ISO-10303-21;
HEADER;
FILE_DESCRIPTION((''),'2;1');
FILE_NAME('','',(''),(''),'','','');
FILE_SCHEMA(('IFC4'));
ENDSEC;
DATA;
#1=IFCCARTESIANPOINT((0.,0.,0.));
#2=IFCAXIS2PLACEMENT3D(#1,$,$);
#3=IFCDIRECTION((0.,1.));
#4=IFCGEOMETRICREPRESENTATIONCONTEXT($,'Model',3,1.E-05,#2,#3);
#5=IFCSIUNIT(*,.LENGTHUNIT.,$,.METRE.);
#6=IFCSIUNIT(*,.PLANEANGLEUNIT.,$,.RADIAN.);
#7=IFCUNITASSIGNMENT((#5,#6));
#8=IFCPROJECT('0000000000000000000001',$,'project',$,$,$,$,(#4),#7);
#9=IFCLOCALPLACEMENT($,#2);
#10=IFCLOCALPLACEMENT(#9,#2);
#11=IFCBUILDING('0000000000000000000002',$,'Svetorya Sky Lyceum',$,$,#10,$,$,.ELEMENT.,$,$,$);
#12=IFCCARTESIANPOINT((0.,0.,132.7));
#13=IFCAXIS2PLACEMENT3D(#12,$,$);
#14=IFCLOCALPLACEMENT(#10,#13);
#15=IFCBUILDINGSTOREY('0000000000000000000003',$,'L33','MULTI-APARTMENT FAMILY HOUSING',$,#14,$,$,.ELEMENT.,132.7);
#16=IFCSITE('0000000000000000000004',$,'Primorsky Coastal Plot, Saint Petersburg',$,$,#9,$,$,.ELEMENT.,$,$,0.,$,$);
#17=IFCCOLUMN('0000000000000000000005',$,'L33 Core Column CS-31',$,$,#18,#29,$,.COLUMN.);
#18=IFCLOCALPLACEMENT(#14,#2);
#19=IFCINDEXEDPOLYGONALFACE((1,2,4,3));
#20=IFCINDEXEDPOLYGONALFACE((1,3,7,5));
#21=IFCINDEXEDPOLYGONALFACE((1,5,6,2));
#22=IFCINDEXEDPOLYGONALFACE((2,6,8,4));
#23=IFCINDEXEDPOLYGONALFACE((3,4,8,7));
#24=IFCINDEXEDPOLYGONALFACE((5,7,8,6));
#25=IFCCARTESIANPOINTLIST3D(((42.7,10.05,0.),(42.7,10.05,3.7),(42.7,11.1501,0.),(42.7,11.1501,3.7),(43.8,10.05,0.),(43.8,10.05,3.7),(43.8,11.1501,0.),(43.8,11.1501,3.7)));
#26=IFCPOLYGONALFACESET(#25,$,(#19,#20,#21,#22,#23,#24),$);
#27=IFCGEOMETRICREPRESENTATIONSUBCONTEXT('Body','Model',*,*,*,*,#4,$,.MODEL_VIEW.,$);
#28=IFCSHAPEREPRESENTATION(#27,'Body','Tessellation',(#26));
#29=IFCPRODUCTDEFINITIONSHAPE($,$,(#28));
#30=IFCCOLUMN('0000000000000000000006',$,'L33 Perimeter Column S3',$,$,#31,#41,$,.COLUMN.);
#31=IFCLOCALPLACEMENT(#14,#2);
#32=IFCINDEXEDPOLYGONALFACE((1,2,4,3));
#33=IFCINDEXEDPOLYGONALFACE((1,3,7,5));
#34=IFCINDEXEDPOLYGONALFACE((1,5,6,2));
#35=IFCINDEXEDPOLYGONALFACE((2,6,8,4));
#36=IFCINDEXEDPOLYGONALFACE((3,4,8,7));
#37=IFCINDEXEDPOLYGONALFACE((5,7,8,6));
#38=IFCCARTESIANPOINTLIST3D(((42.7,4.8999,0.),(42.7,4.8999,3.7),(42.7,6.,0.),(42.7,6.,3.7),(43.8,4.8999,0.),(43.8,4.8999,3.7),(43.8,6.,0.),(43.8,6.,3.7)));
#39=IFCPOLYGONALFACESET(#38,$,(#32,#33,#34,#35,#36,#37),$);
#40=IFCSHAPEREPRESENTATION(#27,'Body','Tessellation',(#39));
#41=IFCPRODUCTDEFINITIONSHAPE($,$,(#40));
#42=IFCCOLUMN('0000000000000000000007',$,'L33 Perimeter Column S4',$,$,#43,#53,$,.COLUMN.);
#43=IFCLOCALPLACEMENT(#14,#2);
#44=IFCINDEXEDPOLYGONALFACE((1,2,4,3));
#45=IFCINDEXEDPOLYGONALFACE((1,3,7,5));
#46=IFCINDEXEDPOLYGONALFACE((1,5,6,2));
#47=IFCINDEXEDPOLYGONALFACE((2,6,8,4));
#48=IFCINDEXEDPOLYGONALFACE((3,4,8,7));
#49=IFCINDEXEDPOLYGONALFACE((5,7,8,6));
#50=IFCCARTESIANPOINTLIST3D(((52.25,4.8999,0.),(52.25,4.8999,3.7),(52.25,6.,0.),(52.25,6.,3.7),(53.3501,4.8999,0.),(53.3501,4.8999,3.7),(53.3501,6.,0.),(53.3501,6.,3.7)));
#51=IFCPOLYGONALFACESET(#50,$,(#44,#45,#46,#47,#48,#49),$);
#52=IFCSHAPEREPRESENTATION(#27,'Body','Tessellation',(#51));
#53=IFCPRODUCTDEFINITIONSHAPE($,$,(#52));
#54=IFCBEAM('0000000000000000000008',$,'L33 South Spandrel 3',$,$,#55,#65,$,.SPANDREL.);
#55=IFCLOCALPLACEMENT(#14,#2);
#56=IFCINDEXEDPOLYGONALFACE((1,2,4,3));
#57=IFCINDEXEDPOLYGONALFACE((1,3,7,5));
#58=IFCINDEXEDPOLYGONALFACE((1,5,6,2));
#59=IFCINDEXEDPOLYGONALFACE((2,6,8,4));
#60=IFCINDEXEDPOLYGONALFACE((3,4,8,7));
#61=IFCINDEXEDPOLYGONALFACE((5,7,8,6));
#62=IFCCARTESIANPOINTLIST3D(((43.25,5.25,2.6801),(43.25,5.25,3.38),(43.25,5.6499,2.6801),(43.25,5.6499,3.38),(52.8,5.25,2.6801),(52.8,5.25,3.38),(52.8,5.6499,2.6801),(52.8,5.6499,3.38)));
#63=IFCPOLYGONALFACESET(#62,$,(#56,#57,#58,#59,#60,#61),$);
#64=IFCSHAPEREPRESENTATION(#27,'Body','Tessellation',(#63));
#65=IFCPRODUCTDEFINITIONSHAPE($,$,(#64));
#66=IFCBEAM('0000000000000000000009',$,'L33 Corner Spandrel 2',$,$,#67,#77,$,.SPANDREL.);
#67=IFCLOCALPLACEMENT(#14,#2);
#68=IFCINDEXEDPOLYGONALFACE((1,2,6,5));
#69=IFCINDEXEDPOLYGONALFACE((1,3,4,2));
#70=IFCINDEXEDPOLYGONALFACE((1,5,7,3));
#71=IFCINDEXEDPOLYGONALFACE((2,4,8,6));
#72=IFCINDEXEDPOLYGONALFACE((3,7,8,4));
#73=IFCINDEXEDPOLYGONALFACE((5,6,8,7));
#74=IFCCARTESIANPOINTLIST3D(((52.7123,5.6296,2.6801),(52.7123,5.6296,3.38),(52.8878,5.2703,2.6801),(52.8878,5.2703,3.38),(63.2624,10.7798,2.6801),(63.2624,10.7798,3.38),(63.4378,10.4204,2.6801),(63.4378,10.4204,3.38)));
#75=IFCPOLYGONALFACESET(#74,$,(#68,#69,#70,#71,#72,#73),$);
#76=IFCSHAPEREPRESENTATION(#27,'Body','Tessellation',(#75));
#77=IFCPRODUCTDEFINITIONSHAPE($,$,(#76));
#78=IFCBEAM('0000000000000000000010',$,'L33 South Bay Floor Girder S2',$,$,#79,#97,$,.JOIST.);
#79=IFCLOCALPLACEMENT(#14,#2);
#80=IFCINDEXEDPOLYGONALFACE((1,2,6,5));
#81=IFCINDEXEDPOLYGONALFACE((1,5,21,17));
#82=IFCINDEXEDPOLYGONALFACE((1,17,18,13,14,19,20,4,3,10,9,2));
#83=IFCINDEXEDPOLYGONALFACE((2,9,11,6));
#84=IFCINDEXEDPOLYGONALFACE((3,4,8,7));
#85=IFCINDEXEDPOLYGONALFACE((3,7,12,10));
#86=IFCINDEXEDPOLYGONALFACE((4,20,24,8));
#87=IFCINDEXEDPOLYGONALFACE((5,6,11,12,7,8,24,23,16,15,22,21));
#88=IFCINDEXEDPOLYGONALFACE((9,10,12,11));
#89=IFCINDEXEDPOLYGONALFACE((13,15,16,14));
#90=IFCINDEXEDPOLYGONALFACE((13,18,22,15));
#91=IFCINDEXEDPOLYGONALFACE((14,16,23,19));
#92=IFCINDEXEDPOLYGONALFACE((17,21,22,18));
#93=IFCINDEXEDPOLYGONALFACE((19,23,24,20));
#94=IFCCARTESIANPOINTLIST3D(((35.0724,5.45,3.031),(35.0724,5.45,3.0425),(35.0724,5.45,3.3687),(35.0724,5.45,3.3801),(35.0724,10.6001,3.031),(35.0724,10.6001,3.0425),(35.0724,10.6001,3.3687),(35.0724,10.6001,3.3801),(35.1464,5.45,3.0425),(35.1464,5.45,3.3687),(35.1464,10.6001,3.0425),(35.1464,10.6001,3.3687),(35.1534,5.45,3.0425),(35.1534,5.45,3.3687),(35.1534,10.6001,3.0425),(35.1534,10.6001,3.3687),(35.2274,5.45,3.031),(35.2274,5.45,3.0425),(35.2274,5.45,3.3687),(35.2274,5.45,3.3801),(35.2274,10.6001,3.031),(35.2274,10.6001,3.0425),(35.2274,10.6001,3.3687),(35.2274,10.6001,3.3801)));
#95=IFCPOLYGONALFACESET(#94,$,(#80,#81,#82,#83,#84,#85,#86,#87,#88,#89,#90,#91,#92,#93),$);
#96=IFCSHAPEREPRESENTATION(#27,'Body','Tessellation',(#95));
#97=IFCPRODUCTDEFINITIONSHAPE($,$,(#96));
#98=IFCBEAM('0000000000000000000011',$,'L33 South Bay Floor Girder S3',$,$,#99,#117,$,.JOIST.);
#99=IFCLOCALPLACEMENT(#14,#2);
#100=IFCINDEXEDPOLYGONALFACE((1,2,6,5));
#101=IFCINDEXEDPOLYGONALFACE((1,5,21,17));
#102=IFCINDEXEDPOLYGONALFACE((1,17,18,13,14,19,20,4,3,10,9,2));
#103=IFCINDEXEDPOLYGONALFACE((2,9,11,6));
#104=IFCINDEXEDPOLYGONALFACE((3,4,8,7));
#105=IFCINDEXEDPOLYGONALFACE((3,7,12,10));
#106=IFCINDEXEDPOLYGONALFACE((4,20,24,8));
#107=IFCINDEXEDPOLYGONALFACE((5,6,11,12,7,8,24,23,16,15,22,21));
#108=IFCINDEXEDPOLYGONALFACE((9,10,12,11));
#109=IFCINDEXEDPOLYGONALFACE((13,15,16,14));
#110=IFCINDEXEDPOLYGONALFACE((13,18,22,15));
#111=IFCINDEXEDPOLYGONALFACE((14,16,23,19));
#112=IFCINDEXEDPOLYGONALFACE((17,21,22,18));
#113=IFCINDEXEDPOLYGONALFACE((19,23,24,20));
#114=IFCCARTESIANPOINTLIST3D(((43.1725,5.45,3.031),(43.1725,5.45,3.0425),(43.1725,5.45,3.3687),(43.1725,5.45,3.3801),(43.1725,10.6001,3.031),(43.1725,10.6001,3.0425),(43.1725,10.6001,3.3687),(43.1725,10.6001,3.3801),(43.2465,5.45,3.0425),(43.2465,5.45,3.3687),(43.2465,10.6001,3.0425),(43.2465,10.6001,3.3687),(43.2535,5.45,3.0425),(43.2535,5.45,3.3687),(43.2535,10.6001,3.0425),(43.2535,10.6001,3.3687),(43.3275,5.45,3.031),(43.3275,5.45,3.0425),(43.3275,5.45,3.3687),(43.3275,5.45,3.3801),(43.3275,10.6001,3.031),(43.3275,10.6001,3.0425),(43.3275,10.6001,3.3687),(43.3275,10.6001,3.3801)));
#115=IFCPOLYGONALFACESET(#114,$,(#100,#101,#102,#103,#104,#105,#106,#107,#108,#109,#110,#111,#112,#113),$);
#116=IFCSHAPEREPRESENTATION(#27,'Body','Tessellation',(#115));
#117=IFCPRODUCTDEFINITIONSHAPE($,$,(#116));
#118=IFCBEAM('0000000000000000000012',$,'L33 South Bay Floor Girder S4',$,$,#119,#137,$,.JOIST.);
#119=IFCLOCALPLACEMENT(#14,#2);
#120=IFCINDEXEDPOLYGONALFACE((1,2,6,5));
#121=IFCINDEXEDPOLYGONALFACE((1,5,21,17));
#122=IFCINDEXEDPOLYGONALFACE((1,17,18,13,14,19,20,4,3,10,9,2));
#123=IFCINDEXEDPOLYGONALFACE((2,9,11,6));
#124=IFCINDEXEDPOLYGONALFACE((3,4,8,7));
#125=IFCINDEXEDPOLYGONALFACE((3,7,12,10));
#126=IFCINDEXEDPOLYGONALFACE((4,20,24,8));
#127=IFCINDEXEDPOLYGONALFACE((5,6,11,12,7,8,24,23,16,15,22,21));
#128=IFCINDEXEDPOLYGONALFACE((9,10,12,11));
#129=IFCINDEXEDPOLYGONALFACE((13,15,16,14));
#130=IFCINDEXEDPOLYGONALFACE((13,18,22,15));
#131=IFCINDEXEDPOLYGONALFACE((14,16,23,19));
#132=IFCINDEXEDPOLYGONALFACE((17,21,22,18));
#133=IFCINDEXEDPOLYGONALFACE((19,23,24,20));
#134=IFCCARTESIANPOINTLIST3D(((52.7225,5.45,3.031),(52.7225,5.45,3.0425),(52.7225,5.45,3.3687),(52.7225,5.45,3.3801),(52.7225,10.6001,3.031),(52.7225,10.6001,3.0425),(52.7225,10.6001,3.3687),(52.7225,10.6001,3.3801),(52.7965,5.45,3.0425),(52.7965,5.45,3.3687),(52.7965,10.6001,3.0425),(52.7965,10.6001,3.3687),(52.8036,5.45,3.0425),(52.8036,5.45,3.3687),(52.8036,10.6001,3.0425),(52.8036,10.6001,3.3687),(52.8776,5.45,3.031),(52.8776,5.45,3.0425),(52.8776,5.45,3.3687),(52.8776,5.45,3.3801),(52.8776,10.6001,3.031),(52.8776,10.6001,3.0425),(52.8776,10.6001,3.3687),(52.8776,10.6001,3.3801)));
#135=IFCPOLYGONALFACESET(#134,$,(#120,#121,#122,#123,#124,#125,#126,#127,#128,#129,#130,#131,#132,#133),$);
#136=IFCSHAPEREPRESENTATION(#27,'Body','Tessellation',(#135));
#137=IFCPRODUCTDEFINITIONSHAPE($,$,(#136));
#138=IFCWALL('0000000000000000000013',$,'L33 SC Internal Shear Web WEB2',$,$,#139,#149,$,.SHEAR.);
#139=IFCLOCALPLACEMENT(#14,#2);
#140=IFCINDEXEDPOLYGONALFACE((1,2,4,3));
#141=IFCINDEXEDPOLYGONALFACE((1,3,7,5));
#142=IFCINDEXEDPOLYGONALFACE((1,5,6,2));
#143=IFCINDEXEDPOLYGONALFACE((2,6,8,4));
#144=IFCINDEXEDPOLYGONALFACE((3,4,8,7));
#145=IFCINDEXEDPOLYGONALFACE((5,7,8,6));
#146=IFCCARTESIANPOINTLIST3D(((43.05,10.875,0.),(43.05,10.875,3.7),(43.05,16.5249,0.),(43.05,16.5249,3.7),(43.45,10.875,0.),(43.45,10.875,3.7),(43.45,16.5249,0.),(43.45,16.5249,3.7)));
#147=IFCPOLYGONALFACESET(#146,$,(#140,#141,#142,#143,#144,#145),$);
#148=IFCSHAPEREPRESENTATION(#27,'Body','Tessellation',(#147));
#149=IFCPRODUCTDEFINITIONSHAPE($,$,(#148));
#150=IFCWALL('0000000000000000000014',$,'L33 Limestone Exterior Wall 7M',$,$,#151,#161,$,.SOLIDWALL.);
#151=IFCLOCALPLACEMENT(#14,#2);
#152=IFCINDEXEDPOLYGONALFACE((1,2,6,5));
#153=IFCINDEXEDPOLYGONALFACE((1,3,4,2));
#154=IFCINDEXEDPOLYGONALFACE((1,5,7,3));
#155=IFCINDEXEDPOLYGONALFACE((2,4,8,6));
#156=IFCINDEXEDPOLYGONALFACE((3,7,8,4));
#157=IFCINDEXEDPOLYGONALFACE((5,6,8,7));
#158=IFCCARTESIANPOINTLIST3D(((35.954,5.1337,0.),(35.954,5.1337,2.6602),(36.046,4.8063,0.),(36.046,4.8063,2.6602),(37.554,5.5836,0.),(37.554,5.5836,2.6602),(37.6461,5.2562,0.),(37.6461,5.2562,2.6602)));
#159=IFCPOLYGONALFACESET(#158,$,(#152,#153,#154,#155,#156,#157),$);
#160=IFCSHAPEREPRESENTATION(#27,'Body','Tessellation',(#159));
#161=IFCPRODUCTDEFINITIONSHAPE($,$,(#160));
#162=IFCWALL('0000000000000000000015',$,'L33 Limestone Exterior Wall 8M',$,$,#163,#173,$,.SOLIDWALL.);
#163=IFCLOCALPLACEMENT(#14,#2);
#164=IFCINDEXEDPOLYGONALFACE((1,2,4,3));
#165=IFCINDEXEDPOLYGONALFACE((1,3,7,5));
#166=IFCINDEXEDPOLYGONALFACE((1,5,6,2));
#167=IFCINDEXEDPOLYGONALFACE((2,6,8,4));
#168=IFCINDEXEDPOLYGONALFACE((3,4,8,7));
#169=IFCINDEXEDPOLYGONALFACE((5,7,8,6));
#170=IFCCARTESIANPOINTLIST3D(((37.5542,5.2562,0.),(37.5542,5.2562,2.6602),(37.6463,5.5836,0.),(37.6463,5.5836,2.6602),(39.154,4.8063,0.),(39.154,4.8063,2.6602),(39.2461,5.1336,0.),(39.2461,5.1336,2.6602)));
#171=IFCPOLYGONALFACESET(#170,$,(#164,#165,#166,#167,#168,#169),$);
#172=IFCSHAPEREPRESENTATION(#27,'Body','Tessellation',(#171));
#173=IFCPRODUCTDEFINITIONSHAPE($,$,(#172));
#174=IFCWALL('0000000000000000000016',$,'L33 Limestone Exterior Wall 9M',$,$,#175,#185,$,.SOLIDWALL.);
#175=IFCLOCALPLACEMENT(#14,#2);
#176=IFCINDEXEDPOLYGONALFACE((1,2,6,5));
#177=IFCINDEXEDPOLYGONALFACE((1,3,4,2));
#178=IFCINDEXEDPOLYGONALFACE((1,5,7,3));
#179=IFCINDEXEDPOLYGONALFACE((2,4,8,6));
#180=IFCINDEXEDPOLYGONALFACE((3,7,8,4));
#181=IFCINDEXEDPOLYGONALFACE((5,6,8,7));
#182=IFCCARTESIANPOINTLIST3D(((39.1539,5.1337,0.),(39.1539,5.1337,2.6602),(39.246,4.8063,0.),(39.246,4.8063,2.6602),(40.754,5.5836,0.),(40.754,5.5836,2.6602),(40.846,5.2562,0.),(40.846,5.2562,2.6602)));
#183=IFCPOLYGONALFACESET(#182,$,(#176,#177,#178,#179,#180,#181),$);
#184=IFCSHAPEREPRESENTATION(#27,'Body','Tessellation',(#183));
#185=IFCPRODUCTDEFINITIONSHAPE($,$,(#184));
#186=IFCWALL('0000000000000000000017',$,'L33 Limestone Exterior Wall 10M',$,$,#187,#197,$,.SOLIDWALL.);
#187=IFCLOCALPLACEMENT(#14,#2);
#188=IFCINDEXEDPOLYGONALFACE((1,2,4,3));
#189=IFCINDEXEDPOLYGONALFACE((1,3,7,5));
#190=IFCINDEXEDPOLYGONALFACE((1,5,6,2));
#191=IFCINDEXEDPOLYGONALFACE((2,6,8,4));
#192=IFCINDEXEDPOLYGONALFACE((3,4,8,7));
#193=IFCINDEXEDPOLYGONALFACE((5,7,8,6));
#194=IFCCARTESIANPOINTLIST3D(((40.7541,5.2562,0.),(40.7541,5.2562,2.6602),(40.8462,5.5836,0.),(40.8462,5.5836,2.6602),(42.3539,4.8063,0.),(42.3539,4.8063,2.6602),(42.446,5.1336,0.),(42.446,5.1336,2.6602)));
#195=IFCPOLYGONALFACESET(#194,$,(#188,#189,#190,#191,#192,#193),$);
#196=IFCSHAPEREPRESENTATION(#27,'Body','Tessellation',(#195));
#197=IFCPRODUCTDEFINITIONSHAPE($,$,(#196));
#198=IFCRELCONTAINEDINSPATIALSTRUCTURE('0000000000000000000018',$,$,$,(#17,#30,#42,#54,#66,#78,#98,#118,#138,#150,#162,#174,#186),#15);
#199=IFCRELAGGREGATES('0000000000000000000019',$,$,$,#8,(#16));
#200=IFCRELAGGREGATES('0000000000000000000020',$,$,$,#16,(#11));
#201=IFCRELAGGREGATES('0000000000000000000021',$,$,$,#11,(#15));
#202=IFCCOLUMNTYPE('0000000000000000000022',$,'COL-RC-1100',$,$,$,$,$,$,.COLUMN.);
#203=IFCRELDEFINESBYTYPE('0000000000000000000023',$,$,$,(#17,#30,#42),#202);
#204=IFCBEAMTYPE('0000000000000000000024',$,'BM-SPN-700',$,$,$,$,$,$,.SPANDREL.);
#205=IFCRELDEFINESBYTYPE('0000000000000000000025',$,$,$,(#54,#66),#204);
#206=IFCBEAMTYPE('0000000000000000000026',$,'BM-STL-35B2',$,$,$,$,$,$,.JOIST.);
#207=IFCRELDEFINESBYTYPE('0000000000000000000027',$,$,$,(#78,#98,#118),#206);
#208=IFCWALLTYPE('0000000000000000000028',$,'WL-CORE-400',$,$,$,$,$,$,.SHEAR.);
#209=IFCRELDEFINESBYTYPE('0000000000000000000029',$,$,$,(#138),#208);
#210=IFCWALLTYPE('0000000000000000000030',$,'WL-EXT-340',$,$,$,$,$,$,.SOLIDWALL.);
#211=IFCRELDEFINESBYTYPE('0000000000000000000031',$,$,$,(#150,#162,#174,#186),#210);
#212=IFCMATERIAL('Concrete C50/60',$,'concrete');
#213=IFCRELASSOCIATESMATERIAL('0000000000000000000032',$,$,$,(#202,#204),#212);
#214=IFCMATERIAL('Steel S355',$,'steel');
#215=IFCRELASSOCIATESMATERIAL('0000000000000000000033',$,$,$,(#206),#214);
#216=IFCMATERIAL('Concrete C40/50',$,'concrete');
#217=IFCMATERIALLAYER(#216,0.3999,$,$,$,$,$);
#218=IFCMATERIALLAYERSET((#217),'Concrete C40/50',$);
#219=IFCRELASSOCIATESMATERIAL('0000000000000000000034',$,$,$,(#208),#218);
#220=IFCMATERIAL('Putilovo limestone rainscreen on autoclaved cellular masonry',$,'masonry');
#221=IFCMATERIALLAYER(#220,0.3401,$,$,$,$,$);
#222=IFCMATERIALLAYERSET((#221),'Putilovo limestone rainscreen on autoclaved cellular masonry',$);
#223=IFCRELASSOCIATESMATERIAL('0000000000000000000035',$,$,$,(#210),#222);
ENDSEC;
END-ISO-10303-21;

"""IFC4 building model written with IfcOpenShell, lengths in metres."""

from ifc_helpers import new_model, si_unit, direction, frame, frame_2d, origin, origin_2d, place, context, subcontext, project, spatial, rectangle, i_section, extrude, material, layer, layer_set, material_profile, profile_set, type_object, element, save


model = new_model("IFC4")

# Units and contexts
model_context = context("Model", 3, precision=1e-05, world=origin(), true_north=direction((0.0, 1.0)))
body_context = subcontext(model_context, "Body", "Model", "MODEL_VIEW")
ifc_project = project(units=[si_unit("LENGTHUNIT", "METRE"), si_unit("PLANEANGLEUNIT", "RADIAN")], contexts=[model_context])

# Site, building, storey
site_placement = place(None, origin())
site = spatial("IfcSite", under=ifc_project, at=site_placement, Name="Primorsky Coastal Plot, Saint Petersburg", CompositionType="ELEMENT", RefElevation=0.0)
building_placement = place(site_placement, origin())
building = spatial("IfcBuilding", under=site, at=building_placement, Name="Svetorya Sky Lyceum", CompositionType="ELEMENT")
storey_placement = place(building_placement, frame((0.0, 0.0, 132.7)))
storey = spatial("IfcBuildingStorey", under=building, at=storey_placement, Name="L33", Description="MULTI-APARTMENT FAMILY HOUSING", CompositionType="ELEMENT", Elevation=132.7)

# Columns
ifc_material_1 = material(Name="Concrete C50/60", Category="concrete")
ifc_material_profile_1 = material_profile(ifc_material_1, rectangle(XDim=1.1001, YDim=1.1001, at=origin_2d()), Name="RC COL 1100x1100")
ifc_profile_set_1 = profile_set([ifc_material_profile_1], Name="Concrete C50/60")
column_type = type_object("IfcColumnType", Name="COL-RC-1100", PredefinedType="COLUMN", material=ifc_profile_set_1)
for number, where, z_axis, x_axis, name in (
    (1, (43.25, 10.6001, 0.0), (0.0, 0.0, 1.0), (1.0, 0.0, 0.0), "L33 Core Column CS-31"),
    (2, (43.25, 5.45, 0.0), (0.0, 0.0, 1.0), (1.0, 0.0, 0.0), "L33 Perimeter Column S3"),
    (3, (52.8, 5.45, 0.0), (0.0, 0.0, 1.0), (1.0, 0.0, 0.0), "L33 Perimeter Column S4"),
):
    element("IfcColumn", number, at=place(storey_placement, frame(where, z_axis=z_axis, x_axis=x_axis)), inside=storey, type_object=column_type, Name=name, PredefinedType="COLUMN", context=body_context, shape_type="SweptSolid", body=[
        extrude(rectangle(XDim=1.1001, YDim=1.1001, at=origin_2d()), origin(), (0.0, 0.0, 1.0), 3.7),
    ])

# Beams
ifc_material_profile_2 = material_profile(ifc_material_1, rectangle(XDim=0.3999, YDim=0.7, at=origin_2d()), Name="RC SPANDREL 400x700")
ifc_profile_set_2 = profile_set([ifc_material_profile_2], Name="Concrete C50/60")
beam_type_1 = type_object("IfcBeamType", Name="BM-SPN-700", PredefinedType="SPANDREL", material=ifc_profile_set_2)
beam_1_placement = place(storey_placement, frame((43.25, 5.45, 3.03), z_axis=(1.0, 0.0, 0.0), x_axis=(0.0, 1.0, 0.0)))
element("IfcBeam", 4, at=beam_1_placement, inside=storey, type_object=beam_type_1, Name="L33 South Spandrel 3", PredefinedType="SPANDREL", context=body_context, shape_type="SweptSolid", body=[
    extrude(rectangle(XDim=0.3999, YDim=0.7, at=origin_2d()), origin(), (0.0, 0.0, 1.0), 9.55),
])
beam_2_placement = place(storey_placement, frame((52.8, 5.45, 3.03), z_axis=(0.898641, 0.438684, 0.0), x_axis=(-0.438684, 0.898641, 0.0)))
element("IfcBeam", 5, at=beam_2_placement, inside=storey, type_object=beam_type_1, Name="L33 Corner Spandrel 2", PredefinedType="SPANDREL", context=body_context, shape_type="SweptSolid", body=[
    extrude(rectangle(XDim=0.3999, YDim=0.7, at=origin_2d()), origin(), (0.0, 0.0, 1.0), 11.74),
])
ifc_material_2 = material(Name="Steel S355", Category="steel")
ifc_material_profile_3 = material_profile(ifc_material_2, i_section(OverallWidth=0.155, OverallDepth=0.3491, WebThickness=0.0071, FlangeThickness=0.0115, at=origin_2d()), Name="GOST 35B2")
ifc_profile_set_3 = profile_set([ifc_material_profile_3], Name="Steel S355")
beam_type_2 = type_object("IfcBeamType", Name="BM-STL-35B2", PredefinedType="JOIST", material=ifc_profile_set_3)
for number, where, z_axis, x_axis, name in (
    (6, (35.1499, 5.45, 3.2056), (0.0, 1.0, 0.0), (-1.0, 0.0, 0.0), "L33 South Bay Floor Girder S2"),
    (7, (43.25, 5.45, 3.2056), (0.0, 1.0, 0.0), (-1.0, 0.0, 0.0), "L33 South Bay Floor Girder S3"),
    (8, (52.8, 5.45, 3.2056), (0.0, 1.0, 0.0), (-1.0, 0.0, 0.0), "L33 South Bay Floor Girder S4"),
):
    element("IfcBeam", number, at=place(storey_placement, frame(where, z_axis=z_axis, x_axis=x_axis)), inside=storey, type_object=beam_type_2, Name=name, PredefinedType="JOIST", context=body_context, shape_type="SweptSolid", body=[
        extrude(i_section(OverallWidth=0.155, OverallDepth=0.3491, WebThickness=0.0071, FlangeThickness=0.0115, at=origin_2d()), origin(), (0.0, 0.0, 1.0), 5.1501),
    ])

# Walls
ifc_material_3 = material(Name="Concrete C40/50", Category="concrete")
ifc_layer_1 = layer(ifc_material_3, 0.3999)
ifc_layer_set_1 = layer_set([ifc_layer_1], Name="Concrete C40/50")
wall_type_1 = type_object("IfcWallType", Name="WL-CORE-400", PredefinedType="SHEAR", material=ifc_layer_set_1)
wall_1_placement = place(storey_placement, frame((43.25, 10.875, 0.0), z_axis=(0.0, 0.0, 1.0), x_axis=(0.0, 1.0, 0.0)))
element("IfcWall", 9, at=wall_1_placement, inside=storey, type_object=wall_type_1, Name="L33 SC Internal Shear Web WEB2", PredefinedType="SHEAR", context=body_context, shape_type="SweptSolid", body=[
    extrude(rectangle(XDim=5.6499, YDim=0.3999, at=frame_2d((2.825, 0.0))), origin(), (0.0, 0.0, 1.0), 3.7),
])
ifc_material_4 = material(Name="Putilovo limestone rainscreen on autoclaved cellular masonry", Category="masonry")
ifc_layer_2 = layer(ifc_material_4, 0.3401)
ifc_layer_set_2 = layer_set([ifc_layer_2], Name="Putilovo limestone rainscreen on autoclaved cellular masonry")
wall_type_2 = type_object("IfcWallType", Name="WL-EXT-340", PredefinedType="SOLIDWALL", material=ifc_layer_set_2)
wall_2_placement = place(storey_placement, frame((36.0, 4.97, 0.0), z_axis=(0.0, 0.0, 1.0), x_axis=(0.962663, 0.270703, 0.0)))
element("IfcWall", 10, at=wall_2_placement, inside=storey, type_object=wall_type_2, Name="L33 Limestone Exterior Wall 7M", PredefinedType="SOLIDWALL", context=body_context, shape_type="SweptSolid", body=[
    extrude(rectangle(XDim=1.6621, YDim=0.3401, at=frame_2d((0.8311, 0.0))), origin(), (0.0, 0.0, 1.0), 2.6602),
])
wall_3_placement = place(storey_placement, frame((37.6001, 5.4199, 0.0), z_axis=(0.0, 0.0, 1.0), x_axis=(0.962652, -0.270741, 0.0)))
element("IfcWall", 11, at=wall_3_placement, inside=storey, type_object=wall_type_2, Name="L33 Limestone Exterior Wall 8M", PredefinedType="SOLIDWALL", context=body_context, shape_type="SweptSolid", body=[
    extrude(rectangle(XDim=1.6619, YDim=0.3401, at=frame_2d((0.8311, 0.0))), origin(), (0.0, 0.0, 1.0), 2.6602),
])
wall_4_placement = place(storey_placement, frame((39.2, 4.97, 0.0), z_axis=(0.0, 0.0, 1.0), x_axis=(0.962663, 0.270703, 0.0)))
element("IfcWall", 12, at=wall_4_placement, inside=storey, type_object=wall_type_2, Name="L33 Limestone Exterior Wall 9M", PredefinedType="SOLIDWALL", context=body_context, shape_type="SweptSolid", body=[
    extrude(rectangle(XDim=1.6621, YDim=0.3401, at=frame_2d((0.8311, 0.0))), origin(), (0.0, 0.0, 1.0), 2.6602),
])
wall_5_placement = place(storey_placement, frame((40.8, 5.4199, 0.0), z_axis=(0.0, 0.0, 1.0), x_axis=(0.962652, -0.270741, 0.0)))
element("IfcWall", 13, at=wall_5_placement, inside=storey, type_object=wall_type_2, Name="L33 Limestone Exterior Wall 10M", PredefinedType="SOLIDWALL", context=body_context, shape_type="SweptSolid", body=[
    extrude(rectangle(XDim=1.6619, YDim=0.3401, at=frame_2d((0.8311, 0.0))), origin(), (0.0, 0.0, 1.0), 2.6602),
])

save(model, "model.ifc")
